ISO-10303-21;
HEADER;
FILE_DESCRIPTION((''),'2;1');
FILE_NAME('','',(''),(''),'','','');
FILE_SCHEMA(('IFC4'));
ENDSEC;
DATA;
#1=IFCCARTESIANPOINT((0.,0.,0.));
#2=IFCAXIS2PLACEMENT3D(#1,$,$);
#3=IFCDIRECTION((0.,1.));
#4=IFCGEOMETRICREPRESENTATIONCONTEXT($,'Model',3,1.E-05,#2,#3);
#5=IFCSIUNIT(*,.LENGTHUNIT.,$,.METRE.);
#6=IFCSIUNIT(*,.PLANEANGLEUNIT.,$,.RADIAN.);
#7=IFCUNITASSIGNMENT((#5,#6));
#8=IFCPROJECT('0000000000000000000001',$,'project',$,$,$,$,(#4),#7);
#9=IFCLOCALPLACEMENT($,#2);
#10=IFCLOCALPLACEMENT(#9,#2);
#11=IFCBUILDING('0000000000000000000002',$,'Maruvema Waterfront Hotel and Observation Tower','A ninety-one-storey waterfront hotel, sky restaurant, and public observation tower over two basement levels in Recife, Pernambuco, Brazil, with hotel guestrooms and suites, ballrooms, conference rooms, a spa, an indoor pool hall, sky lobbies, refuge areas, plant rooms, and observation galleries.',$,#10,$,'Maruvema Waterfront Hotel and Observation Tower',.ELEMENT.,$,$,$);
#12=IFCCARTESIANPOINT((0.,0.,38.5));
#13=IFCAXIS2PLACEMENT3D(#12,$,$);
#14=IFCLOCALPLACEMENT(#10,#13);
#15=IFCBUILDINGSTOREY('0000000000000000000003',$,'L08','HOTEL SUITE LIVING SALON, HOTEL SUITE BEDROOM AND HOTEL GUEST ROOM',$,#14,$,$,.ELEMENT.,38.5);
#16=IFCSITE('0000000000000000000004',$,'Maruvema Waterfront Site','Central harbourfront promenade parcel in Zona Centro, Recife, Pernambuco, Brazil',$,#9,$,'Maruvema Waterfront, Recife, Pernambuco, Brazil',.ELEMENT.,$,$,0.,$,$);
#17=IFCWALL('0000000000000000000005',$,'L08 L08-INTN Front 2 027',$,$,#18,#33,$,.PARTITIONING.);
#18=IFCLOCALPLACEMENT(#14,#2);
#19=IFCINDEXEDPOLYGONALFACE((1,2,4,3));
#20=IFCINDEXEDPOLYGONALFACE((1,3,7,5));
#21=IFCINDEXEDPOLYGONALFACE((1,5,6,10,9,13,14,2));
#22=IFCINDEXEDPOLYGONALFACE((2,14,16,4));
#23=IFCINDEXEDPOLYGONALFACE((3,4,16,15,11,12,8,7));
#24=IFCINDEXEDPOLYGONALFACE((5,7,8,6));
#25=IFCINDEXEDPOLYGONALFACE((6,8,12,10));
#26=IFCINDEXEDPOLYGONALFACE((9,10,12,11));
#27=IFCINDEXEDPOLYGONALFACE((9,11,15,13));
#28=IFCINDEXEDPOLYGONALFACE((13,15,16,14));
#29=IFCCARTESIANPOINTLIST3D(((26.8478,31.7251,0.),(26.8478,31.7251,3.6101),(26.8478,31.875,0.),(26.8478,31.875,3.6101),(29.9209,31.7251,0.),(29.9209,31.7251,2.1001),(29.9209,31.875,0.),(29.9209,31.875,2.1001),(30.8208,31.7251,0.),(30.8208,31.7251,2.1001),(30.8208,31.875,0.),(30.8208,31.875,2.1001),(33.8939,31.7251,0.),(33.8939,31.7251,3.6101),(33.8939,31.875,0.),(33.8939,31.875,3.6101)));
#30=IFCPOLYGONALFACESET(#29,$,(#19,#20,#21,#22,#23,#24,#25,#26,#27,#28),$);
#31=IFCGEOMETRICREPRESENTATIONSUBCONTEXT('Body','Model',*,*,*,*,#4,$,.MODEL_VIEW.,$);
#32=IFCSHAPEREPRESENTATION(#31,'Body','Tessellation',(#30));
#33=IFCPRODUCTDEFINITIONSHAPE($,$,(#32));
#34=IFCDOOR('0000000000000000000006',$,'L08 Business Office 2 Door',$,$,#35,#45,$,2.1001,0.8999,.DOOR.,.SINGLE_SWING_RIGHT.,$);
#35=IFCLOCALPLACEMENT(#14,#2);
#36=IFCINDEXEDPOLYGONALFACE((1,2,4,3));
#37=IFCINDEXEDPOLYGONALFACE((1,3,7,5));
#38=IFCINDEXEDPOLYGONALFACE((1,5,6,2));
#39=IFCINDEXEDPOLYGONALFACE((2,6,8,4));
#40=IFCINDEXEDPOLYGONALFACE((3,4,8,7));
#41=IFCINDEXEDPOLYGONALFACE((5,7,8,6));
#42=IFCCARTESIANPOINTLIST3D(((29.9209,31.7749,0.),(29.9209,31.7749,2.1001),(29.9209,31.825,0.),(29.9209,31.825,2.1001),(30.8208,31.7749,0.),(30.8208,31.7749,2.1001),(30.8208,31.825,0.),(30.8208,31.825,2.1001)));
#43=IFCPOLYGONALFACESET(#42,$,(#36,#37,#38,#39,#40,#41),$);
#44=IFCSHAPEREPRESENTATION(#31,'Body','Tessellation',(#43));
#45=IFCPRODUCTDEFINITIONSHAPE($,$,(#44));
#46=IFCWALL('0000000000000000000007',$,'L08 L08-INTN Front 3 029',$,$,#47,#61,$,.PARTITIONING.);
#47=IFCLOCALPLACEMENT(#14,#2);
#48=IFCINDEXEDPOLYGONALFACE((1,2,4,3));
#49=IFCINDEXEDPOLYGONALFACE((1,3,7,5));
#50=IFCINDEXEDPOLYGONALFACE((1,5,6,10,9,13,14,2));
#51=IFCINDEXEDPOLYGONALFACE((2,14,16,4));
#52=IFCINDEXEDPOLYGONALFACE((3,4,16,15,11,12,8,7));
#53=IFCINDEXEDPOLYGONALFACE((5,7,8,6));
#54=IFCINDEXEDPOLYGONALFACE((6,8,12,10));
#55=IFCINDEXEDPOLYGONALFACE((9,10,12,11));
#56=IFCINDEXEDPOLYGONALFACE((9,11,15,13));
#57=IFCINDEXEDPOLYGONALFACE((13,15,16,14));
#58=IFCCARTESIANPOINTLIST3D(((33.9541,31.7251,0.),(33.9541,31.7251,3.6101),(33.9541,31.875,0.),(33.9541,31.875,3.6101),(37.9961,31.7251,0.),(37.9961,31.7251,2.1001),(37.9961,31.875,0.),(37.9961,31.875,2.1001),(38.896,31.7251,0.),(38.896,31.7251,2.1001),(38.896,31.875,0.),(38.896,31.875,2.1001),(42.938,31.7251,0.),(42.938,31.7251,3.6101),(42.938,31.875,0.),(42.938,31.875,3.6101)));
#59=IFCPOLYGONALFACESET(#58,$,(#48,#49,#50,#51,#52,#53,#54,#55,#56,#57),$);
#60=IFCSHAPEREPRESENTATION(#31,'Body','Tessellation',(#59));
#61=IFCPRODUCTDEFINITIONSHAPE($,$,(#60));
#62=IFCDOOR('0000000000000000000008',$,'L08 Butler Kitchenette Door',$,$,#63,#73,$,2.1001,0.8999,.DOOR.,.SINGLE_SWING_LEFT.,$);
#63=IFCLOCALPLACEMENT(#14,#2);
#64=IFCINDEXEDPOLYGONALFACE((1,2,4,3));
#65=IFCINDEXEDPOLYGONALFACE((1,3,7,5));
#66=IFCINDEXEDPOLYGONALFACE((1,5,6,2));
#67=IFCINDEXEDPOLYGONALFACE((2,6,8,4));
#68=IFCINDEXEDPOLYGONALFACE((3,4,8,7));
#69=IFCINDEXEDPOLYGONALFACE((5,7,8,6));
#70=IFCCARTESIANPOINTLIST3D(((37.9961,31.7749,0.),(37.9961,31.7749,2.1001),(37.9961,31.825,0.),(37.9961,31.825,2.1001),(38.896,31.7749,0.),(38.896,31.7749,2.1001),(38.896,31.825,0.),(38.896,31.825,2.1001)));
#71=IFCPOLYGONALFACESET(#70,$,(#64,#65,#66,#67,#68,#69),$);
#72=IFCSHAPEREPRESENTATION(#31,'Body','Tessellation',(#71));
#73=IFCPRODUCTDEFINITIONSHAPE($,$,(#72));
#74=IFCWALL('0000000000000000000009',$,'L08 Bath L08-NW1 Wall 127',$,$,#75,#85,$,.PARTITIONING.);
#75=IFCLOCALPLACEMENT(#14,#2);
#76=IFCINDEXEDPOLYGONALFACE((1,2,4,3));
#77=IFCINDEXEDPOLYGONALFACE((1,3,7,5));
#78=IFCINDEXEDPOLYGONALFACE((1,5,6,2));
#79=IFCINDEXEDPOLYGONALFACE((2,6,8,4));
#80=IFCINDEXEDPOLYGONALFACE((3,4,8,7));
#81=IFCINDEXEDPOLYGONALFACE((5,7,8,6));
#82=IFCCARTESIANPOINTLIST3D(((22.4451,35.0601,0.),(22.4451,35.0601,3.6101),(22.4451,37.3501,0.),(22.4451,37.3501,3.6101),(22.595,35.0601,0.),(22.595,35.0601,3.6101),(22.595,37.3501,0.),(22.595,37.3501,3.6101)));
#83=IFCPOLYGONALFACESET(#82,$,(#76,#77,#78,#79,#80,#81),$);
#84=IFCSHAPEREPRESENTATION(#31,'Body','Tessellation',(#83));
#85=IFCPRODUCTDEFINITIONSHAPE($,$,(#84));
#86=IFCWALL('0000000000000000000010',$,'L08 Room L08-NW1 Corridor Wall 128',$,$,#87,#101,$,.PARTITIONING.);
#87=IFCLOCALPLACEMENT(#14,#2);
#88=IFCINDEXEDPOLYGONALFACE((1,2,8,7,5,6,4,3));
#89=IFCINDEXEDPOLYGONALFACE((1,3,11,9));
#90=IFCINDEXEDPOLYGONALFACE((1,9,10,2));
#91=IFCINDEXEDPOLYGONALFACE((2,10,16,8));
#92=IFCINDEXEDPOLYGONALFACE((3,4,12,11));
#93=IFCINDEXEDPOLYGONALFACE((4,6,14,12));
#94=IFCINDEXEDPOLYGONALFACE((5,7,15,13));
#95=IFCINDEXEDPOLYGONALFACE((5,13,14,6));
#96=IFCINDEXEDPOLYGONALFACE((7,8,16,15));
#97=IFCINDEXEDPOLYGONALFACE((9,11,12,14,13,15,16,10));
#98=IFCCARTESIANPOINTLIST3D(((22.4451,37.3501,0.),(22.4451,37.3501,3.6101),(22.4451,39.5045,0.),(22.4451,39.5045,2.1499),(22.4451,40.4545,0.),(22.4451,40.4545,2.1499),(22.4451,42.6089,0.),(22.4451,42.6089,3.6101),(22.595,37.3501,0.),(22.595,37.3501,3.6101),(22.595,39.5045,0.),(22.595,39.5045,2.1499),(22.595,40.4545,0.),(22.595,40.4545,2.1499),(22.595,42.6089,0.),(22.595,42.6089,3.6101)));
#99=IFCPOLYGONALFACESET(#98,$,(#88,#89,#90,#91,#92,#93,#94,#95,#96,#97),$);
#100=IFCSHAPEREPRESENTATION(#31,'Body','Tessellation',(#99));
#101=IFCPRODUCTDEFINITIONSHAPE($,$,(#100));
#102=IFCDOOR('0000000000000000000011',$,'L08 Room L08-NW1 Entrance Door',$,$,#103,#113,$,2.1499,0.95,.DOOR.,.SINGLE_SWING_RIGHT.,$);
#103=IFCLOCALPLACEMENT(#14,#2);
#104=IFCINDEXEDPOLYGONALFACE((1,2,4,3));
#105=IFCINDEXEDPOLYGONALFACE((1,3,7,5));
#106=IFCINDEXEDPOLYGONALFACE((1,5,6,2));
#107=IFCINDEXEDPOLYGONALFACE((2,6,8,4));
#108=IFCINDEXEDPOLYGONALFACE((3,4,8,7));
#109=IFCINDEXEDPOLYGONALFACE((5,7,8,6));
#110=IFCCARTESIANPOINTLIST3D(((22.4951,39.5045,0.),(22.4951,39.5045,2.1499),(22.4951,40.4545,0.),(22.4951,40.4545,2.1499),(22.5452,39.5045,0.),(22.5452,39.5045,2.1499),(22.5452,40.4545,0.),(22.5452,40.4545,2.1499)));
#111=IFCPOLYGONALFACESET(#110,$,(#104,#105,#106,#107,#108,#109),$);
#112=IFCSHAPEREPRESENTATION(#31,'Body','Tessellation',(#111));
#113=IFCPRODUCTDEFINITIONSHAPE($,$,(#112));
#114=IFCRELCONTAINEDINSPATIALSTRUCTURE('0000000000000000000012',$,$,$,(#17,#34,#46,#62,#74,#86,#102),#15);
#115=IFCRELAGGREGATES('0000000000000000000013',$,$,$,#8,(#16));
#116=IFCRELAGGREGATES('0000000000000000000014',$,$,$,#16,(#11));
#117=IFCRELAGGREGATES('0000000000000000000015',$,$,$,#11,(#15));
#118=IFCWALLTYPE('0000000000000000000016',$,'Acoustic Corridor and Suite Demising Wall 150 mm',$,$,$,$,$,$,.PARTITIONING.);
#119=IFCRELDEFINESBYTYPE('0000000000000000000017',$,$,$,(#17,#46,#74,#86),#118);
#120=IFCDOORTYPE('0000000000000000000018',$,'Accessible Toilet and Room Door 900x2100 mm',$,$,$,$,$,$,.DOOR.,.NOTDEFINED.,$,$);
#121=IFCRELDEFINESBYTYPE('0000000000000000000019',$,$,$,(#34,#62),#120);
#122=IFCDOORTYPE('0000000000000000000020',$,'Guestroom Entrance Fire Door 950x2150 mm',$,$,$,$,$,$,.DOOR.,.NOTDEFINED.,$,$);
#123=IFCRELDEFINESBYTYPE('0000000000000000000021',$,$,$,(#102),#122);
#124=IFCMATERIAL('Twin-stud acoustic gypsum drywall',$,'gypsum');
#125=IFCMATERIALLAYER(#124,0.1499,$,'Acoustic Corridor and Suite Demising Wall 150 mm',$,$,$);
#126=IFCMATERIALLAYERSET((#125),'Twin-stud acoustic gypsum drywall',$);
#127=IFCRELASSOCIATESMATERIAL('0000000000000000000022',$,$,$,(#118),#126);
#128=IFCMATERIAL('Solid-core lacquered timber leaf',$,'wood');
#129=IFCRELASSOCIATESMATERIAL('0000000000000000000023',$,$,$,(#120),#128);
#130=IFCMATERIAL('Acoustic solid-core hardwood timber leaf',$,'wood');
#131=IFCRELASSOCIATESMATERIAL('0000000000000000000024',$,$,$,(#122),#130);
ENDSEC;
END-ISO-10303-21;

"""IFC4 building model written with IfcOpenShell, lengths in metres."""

from ifc_helpers import new_model, si_unit, direction, frame, frame_2d, origin, place, context, subcontext, project, spatial, rectangle, extrude, material, layer, layer_set, type_object, element, fill, save


model = new_model("IFC4")

# Units and contexts
model_context = context("Model", 3, precision=1e-05, world=origin(), true_north=direction((0.0, 1.0)))
body_context = subcontext(model_context, "Body", "Model", "MODEL_VIEW")
ifc_project = project(units=[si_unit("LENGTHUNIT", "METRE"), si_unit("PLANEANGLEUNIT", "RADIAN")], contexts=[model_context])

# Site, building, storey
site_placement = place(None, origin())
site = spatial("IfcSite", under=ifc_project, at=site_placement, Name="Maruvema Waterfront Site", Description="Central harbourfront promenade parcel in Zona Centro, Recife, Pernambuco, Brazil", LongName="Maruvema Waterfront, Recife, Pernambuco, Brazil", CompositionType="ELEMENT", RefElevation=0.0)
building_placement = place(site_placement, origin())
building = spatial("IfcBuilding", under=site, at=building_placement, Name="Maruvema Waterfront Hotel and Observation Tower", Description="A ninety-one-storey waterfront hotel, sky restaurant, and public observation tower over two basement levels in Recife, Pernambuco, Brazil, with hotel guestrooms and suites, ballrooms, conference rooms, a spa, an indoor pool hall, sky lobbies, refuge areas, plant rooms, and observation galleries.", LongName="Maruvema Waterfront Hotel and Observation Tower", CompositionType="ELEMENT")
storey_placement = place(building_placement, frame((0.0, 0.0, 38.5)))
storey = spatial("IfcBuildingStorey", under=building, at=storey_placement, Name="L08", Description="HOTEL SUITE LIVING SALON, HOTEL SUITE BEDROOM AND HOTEL GUEST ROOM", CompositionType="ELEMENT", Elevation=38.5)

# Walls, openings, doors
ifc_material_1 = material(Name="Twin-stud acoustic gypsum drywall", Category="gypsum")
ifc_layer_1 = layer(ifc_material_1, 0.1499, Name="Acoustic Corridor and Suite Demising Wall 150 mm")
ifc_layer_set_1 = layer_set([ifc_layer_1], Name="Twin-stud acoustic gypsum drywall")
wall_type_1 = type_object("IfcWallType", Name="Acoustic Corridor and Suite Demising Wall 150 mm", PredefinedType="PARTITIONING", material=ifc_layer_set_1)
ifc_material_2 = material(Name="Solid-core lacquered timber leaf", Category="wood")
door_type_1 = type_object("IfcDoorType", Name="Accessible Toilet and Room Door 900x2100 mm", OperationType="NOTDEFINED", PredefinedType="DOOR", material=ifc_material_2)
wall_1_placement = place(storey_placement, frame((26.8479, 31.8, 0.0), z_axis=(0.0, 0.0, 1.0), x_axis=(1.0, 0.0, 0.0)))
wall_1 = element("IfcWall", 1, at=wall_1_placement, inside=storey, type_object=wall_type_1, Name="L08 L08-INTN Front 2 027", PredefinedType="PARTITIONING", context=body_context, shape_type="SweptSolid", body=[
    extrude(rectangle(XDim=7.0461, YDim=0.1499, at=frame_2d((3.5229, 0.0))), origin(), (0.0, 0.0, 1.0), 3.6101),
])
opening_1_placement = place(wall_1_placement, frame((3.073, 0.0, 0.0)))
opening_1 = element("IfcOpeningElement", 2, at=opening_1_placement, cuts=wall_1, PredefinedType="OPENING", context=body_context, shape_type="SweptSolid", body=[
    extrude(rectangle(XDim=0.8999, YDim=2.1001, at=frame_2d((0.45, 1.05))), frame((0.0, 0.085, 0.0), z_axis=(0.0, -1.0, 0.0), x_axis=(1.0, 0.0, 0.0)), (0.0, 0.0, 1.0), 0.1699),
])
door_1_placement = place(opening_1_placement, origin())
door_1 = element("IfcDoor", 3, at=door_1_placement, inside=storey, type_object=door_type_1, Name="L08 Business Office 2 Door", OperationType="SINGLE_SWING_RIGHT", OverallHeight=2.1001, OverallWidth=0.8999, PredefinedType="DOOR", context=body_context, shape_type="SweptSolid", body=[
    extrude(rectangle(XDim=0.8999, YDim=2.1001, at=frame_2d((0.45, 1.05))), frame((0.0, 0.0249, 0.0), z_axis=(0.0, -1.0, 0.0), x_axis=(1.0, 0.0, 0.0)), (0.0, 0.0, 1.0), 0.05),
])
fill(opening_1, door_1)
wall_2_placement = place(storey_placement, frame((33.9541, 31.8, 0.0), z_axis=(0.0, 0.0, 1.0), x_axis=(1.0, 0.0, 0.0)))
wall_2 = element("IfcWall", 4, at=wall_2_placement, inside=storey, type_object=wall_type_1, Name="L08 L08-INTN Front 3 029", PredefinedType="PARTITIONING", context=body_context, shape_type="SweptSolid", body=[
    extrude(rectangle(XDim=8.9839, YDim=0.1499, at=frame_2d((4.4919, 0.0))), origin(), (0.0, 0.0, 1.0), 3.6101),
])
opening_2_placement = place(wall_2_placement, frame((4.042, 0.0, 0.0)))
opening_2 = element("IfcOpeningElement", 5, at=opening_2_placement, cuts=wall_2, PredefinedType="OPENING", context=body_context, shape_type="SweptSolid", body=[
    extrude(rectangle(XDim=0.8999, YDim=2.1001, at=frame_2d((0.45, 1.05))), frame((0.0, 0.085, 0.0), z_axis=(0.0, -1.0, 0.0), x_axis=(1.0, 0.0, 0.0)), (0.0, 0.0, 1.0), 0.1699),
])
door_2_placement = place(opening_2_placement, origin())
door_2 = element("IfcDoor", 6, at=door_2_placement, inside=storey, type_object=door_type_1, Name="L08 Butler Kitchenette Door", OperationType="SINGLE_SWING_LEFT", OverallHeight=2.1001, OverallWidth=0.8999, PredefinedType="DOOR", context=body_context, shape_type="SweptSolid", body=[
    extrude(rectangle(XDim=0.8999, YDim=2.1001, at=frame_2d((0.45, 1.05))), frame((0.0, 0.0249, 0.0), z_axis=(0.0, -1.0, 0.0), x_axis=(1.0, 0.0, 0.0)), (0.0, 0.0, 1.0), 0.05),
])
fill(opening_2, door_2)

# Wall
wall_3_placement = place(storey_placement, frame((22.52, 35.0601, 0.0), z_axis=(0.0, 0.0, 1.0), x_axis=(0.0, 1.0, 0.0)))
element("IfcWall", 7, at=wall_3_placement, inside=storey, type_object=wall_type_1, Name="L08 Bath L08-NW1 Wall 127", PredefinedType="PARTITIONING", context=body_context, shape_type="SweptSolid", body=[
    extrude(rectangle(XDim=2.29, YDim=0.1499, at=frame_2d((1.145, 0.0))), origin(), (0.0, 0.0, 1.0), 3.6101),
])

# Wall, opening, door
wall_4_placement = place(storey_placement, frame((22.52, 37.3501, 0.0), z_axis=(0.0, 0.0, 1.0), x_axis=(0.0, 1.0, 0.0)))
wall_4 = element("IfcWall", 8, at=wall_4_placement, inside=storey, type_object=wall_type_1, Name="L08 Room L08-NW1 Corridor Wall 128", PredefinedType="PARTITIONING", context=body_context, shape_type="SweptSolid", body=[
    extrude(rectangle(XDim=5.2588, YDim=0.1499, at=frame_2d((2.6294, 0.0))), origin(), (0.0, 0.0, 1.0), 3.6101),
])
opening_3_placement = place(wall_4_placement, frame((2.1543, 0.0, 0.0)))
opening_3 = element("IfcOpeningElement", 9, at=opening_3_placement, cuts=wall_4, PredefinedType="OPENING", context=body_context, shape_type="SweptSolid", body=[
    extrude(rectangle(XDim=0.95, YDim=2.1499, at=frame_2d((0.4751, 1.075))), frame((0.0, 0.085, 0.0), z_axis=(0.0, -1.0, 0.0), x_axis=(1.0, 0.0, 0.0)), (0.0, 0.0, 1.0), 0.1699),
])
ifc_material_3 = material(Name="Acoustic solid-core hardwood timber leaf", Category="wood")
door_type_2 = type_object("IfcDoorType", Name="Guestroom Entrance Fire Door 950x2150 mm", OperationType="NOTDEFINED", PredefinedType="DOOR", material=ifc_material_3)
door_3_placement = place(opening_3_placement, origin())
door_3 = element("IfcDoor", 10, at=door_3_placement, inside=storey, type_object=door_type_2, Name="L08 Room L08-NW1 Entrance Door", OperationType="SINGLE_SWING_RIGHT", OverallHeight=2.1499, OverallWidth=0.95, PredefinedType="DOOR", context=body_context, shape_type="SweptSolid", body=[
    extrude(rectangle(XDim=0.95, YDim=2.1499, at=frame_2d((0.4751, 1.075))), frame((0.0, 0.0249, 0.0), z_axis=(0.0, -1.0, 0.0), x_axis=(1.0, 0.0, 0.0)), (0.0, 0.0, 1.0), 0.05),
])
fill(opening_3, door_3)

save(model, "model.ifc")
